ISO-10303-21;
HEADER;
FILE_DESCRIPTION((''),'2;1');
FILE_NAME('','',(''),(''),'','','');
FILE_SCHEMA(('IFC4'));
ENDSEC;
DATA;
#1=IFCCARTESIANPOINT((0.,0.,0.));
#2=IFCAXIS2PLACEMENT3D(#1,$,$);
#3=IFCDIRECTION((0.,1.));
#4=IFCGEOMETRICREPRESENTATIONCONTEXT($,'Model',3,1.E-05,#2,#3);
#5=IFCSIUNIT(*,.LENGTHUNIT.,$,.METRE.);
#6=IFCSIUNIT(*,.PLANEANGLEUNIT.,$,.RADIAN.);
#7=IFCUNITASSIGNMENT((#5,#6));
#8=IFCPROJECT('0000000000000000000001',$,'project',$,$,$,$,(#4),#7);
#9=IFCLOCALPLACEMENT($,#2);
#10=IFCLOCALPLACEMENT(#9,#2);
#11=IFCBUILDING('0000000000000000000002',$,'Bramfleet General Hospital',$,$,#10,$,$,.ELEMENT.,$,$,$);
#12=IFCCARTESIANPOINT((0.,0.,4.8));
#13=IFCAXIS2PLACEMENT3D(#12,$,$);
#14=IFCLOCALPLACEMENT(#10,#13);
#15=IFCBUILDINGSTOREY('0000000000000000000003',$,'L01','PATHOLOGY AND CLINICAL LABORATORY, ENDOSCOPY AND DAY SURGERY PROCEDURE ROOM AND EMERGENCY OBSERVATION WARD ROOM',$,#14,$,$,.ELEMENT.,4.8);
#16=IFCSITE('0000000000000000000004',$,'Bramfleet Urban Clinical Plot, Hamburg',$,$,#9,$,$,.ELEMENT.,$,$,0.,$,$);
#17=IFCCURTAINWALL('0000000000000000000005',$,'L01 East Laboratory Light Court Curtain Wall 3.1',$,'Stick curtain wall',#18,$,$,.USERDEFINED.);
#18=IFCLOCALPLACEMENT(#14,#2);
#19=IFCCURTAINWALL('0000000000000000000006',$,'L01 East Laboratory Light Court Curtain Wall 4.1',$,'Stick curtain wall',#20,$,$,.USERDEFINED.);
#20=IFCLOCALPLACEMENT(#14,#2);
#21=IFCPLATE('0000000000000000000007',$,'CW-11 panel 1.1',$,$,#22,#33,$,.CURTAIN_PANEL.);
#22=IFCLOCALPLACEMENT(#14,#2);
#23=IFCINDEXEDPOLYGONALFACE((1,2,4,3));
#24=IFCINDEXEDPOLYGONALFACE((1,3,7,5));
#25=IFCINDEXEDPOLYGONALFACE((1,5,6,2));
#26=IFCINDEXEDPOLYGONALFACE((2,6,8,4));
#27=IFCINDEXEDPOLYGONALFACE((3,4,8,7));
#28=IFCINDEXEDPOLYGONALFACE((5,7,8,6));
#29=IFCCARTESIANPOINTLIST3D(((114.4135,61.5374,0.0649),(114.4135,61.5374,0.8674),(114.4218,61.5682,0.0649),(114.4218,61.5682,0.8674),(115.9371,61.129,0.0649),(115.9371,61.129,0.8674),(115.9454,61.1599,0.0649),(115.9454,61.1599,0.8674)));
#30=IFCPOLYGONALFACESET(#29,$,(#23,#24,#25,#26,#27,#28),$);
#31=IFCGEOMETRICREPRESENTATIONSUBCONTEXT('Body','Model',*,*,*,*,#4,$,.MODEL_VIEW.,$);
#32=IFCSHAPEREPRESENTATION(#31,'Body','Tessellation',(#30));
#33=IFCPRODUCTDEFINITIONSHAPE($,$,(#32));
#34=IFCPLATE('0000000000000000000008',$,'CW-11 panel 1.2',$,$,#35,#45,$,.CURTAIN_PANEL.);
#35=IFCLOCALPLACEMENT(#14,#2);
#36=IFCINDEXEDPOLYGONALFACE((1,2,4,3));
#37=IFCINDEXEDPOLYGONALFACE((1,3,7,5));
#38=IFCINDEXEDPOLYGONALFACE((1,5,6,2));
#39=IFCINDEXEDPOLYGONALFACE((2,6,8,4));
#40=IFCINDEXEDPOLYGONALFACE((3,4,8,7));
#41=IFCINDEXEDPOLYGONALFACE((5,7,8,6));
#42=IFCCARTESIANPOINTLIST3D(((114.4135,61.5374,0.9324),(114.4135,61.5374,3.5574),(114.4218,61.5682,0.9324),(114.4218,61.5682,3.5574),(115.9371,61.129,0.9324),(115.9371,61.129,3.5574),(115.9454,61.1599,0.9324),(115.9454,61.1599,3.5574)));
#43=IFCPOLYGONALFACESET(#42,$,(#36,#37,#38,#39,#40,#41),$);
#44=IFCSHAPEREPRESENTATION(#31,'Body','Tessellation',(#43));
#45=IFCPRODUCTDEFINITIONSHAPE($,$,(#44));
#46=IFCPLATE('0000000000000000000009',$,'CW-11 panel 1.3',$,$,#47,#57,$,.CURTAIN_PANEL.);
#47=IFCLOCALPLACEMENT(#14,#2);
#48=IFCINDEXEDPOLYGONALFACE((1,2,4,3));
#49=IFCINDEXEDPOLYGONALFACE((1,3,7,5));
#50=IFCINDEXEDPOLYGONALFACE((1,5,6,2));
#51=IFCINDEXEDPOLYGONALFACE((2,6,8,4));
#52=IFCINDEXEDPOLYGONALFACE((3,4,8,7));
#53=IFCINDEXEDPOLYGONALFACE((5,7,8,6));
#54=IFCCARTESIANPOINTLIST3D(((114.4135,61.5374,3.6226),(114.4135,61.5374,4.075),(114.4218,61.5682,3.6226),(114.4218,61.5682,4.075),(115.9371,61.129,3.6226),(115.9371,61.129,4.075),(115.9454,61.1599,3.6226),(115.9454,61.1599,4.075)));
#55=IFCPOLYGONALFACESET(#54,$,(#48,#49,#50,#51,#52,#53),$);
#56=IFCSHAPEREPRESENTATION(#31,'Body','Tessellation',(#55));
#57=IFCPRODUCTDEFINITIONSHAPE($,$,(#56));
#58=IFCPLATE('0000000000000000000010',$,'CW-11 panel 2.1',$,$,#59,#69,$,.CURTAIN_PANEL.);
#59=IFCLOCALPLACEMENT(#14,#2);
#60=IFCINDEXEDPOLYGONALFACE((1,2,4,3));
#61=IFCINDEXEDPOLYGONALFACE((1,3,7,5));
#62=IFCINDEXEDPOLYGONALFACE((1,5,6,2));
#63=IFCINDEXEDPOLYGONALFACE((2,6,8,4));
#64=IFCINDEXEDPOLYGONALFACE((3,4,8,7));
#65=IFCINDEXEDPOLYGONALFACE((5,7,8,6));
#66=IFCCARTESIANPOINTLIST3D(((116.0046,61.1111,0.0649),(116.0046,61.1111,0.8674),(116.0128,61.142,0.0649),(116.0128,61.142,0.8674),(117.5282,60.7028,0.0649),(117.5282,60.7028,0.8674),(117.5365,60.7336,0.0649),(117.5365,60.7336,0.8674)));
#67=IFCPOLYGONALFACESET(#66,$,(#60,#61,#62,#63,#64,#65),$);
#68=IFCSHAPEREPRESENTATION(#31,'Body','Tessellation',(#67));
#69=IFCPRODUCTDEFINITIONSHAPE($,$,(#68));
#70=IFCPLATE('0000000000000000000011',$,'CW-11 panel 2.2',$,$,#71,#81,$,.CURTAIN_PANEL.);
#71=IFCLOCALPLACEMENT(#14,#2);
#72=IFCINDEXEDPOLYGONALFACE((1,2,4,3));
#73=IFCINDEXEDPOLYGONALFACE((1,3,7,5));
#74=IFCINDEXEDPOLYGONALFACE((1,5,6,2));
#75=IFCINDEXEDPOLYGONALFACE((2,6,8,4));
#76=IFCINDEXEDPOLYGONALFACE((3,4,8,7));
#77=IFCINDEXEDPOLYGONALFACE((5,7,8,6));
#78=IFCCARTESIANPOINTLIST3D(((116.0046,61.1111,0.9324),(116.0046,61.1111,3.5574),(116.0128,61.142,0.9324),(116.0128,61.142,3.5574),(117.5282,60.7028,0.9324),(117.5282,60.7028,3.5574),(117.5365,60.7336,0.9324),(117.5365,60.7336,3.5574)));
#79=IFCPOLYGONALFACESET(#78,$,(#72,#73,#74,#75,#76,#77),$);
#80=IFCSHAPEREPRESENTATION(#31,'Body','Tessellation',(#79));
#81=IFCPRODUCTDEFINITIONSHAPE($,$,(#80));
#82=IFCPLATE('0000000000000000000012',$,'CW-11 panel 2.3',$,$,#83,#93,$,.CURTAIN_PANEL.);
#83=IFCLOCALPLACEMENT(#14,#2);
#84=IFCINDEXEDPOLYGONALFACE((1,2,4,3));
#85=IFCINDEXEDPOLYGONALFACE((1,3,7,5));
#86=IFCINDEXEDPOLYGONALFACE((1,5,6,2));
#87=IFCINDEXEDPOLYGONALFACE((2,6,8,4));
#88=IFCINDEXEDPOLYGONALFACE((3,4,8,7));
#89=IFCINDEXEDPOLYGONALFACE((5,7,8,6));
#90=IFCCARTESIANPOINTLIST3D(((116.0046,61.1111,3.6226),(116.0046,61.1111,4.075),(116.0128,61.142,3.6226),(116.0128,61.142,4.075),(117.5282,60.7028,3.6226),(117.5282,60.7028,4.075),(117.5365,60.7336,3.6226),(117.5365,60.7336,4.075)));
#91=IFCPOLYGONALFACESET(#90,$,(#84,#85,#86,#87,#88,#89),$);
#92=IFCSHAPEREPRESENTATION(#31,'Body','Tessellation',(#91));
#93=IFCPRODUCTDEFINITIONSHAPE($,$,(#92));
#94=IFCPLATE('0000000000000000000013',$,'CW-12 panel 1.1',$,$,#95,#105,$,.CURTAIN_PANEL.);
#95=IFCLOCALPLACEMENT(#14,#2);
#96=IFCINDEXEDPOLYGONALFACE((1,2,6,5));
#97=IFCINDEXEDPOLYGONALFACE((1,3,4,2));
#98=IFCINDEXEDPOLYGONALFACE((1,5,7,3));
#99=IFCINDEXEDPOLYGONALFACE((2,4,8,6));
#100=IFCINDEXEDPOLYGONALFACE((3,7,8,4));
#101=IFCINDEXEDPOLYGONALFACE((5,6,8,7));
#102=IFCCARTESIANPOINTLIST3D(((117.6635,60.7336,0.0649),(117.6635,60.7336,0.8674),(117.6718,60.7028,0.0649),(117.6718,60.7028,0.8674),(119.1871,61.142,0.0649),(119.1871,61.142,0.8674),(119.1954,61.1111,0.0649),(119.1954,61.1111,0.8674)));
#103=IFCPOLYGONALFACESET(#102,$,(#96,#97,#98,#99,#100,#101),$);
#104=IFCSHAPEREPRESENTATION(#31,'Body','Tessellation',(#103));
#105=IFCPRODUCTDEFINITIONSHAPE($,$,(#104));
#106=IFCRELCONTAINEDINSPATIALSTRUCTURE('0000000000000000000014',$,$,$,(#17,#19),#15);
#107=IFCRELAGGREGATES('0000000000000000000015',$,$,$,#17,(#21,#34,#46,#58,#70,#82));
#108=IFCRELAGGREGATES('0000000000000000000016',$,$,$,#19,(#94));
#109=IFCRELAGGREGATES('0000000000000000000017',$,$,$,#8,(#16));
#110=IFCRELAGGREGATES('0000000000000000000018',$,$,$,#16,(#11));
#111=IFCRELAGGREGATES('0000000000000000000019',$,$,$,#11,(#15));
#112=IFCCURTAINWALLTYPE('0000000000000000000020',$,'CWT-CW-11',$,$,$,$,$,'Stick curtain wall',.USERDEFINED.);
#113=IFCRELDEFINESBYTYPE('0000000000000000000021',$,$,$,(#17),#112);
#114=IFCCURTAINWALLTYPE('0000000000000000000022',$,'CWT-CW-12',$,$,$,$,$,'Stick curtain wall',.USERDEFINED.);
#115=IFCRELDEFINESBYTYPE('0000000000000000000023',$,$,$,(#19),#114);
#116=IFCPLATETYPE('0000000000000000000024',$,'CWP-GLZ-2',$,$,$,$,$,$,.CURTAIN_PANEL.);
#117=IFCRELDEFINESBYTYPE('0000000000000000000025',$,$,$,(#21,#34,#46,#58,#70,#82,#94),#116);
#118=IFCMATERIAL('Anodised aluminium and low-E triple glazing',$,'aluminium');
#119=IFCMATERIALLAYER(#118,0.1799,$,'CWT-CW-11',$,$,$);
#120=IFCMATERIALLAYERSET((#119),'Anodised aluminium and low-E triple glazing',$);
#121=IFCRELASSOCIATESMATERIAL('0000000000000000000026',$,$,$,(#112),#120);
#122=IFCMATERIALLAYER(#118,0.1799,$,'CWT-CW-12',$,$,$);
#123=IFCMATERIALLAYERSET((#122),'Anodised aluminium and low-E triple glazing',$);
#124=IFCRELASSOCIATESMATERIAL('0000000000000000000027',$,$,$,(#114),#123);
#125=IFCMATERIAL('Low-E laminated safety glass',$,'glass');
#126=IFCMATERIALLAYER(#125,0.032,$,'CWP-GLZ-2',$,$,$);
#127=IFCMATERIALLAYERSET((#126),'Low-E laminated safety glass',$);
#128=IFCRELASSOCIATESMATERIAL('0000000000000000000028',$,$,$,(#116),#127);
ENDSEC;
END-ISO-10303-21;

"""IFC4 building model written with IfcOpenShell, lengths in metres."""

from ifc_helpers import new_model, si_unit, direction, frame, origin, origin_2d, place, context, subcontext, project, spatial, rectangle, extrude, material, layer, layer_set, type_object, element, aggregate, save


model = new_model("IFC4")

# Units and contexts
model_context = context("Model", 3, precision=1e-05, world=origin(), true_north=direction((0.0, 1.0)))
body_context = subcontext(model_context, "Body", "Model", "MODEL_VIEW")
ifc_project = project(units=[si_unit("LENGTHUNIT", "METRE"), si_unit("PLANEANGLEUNIT", "RADIAN")], contexts=[model_context])

# Site, building, storey
site_placement = place(None, origin())
site = spatial("IfcSite", under=ifc_project, at=site_placement, Name="Bramfleet Urban Clinical Plot, Hamburg", CompositionType="ELEMENT", RefElevation=0.0)
building_placement = place(site_placement, origin())
building = spatial("IfcBuilding", under=site, at=building_placement, Name="Bramfleet General Hospital", CompositionType="ELEMENT")
storey_placement = place(building_placement, frame((0.0, 0.0, 4.8)))
storey = spatial("IfcBuildingStorey", under=building, at=storey_placement, Name="L01", Description="PATHOLOGY AND CLINICAL LABORATORY, ENDOSCOPY AND DAY SURGERY PROCEDURE ROOM AND EMERGENCY OBSERVATION WARD ROOM", CompositionType="ELEMENT", Elevation=4.8)

# Curtain walls
ifc_material_1 = material(Name="Anodised aluminium and low-E triple glazing", Category="aluminium")
ifc_layer_1 = layer(ifc_material_1, 0.1799, Name="CWT-CW-11")
ifc_layer_set_1 = layer_set([ifc_layer_1], Name="Anodised aluminium and low-E triple glazing")
curtain_wall_type_1 = type_object("IfcCurtainWallType", Name="CWT-CW-11", ElementType="Stick curtain wall", PredefinedType="USERDEFINED", material=ifc_layer_set_1)
curtain_wall_1_placement = place(storey_placement, origin())
curtain_wall_1 = element("IfcCurtainWall", 1, at=curtain_wall_1_placement, inside=storey, type_object=curtain_wall_type_1, Name="L01 East Laboratory Light Court Curtain Wall 3.1", ObjectType="Stick curtain wall", PredefinedType="USERDEFINED")
ifc_layer_2 = layer(ifc_material_1, 0.1799, Name="CWT-CW-12")
ifc_layer_set_2 = layer_set([ifc_layer_2], Name="Anodised aluminium and low-E triple glazing")
curtain_wall_type_2 = type_object("IfcCurtainWallType", Name="CWT-CW-12", ElementType="Stick curtain wall", PredefinedType="USERDEFINED", material=ifc_layer_set_2)
curtain_wall_2_placement = place(storey_placement, origin())
curtain_wall_2 = element("IfcCurtainWall", 2, at=curtain_wall_2_placement, inside=storey, type_object=curtain_wall_type_2, Name="L01 East Laboratory Light Court Curtain Wall 4.1", ObjectType="Stick curtain wall", PredefinedType="USERDEFINED")

# Plates
ifc_material_2 = material(Name="Low-E laminated safety glass", Category="glass")
ifc_layer_3 = layer(ifc_material_2, 0.032, Name="CWP-GLZ-2")
ifc_layer_set_3 = layer_set([ifc_layer_3], Name="Low-E laminated safety glass")
plate_type = type_object("IfcPlateType", Name="CWP-GLZ-2", PredefinedType="CURTAIN_PANEL", material=ifc_layer_set_3)
plate_1_placement = place(storey_placement, frame((115.1794, 61.3486, 0.0649), z_axis=(0.0, 0.0, 1.0), x_axis=(0.965914, -0.258865, 0.0)))
plate_1 = element("IfcPlate", 3, at=plate_1_placement, type_object=plate_type, Name="CW-11 panel 1.1", PredefinedType="CURTAIN_PANEL", context=body_context, shape_type="SweptSolid", body=[
    extrude(rectangle(XDim=1.5774, YDim=0.032, at=origin_2d()), origin(), (0.0, 0.0, 1.0), 0.8025),
])
plate_2_placement = place(storey_placement, frame((115.1794, 61.3486, 0.9324), z_axis=(0.0, 0.0, 1.0), x_axis=(0.965914, -0.258865, 0.0)))
plate_2 = element("IfcPlate", 4, at=plate_2_placement, type_object=plate_type, Name="CW-11 panel 1.2", PredefinedType="CURTAIN_PANEL", context=body_context, shape_type="SweptSolid", body=[
    extrude(rectangle(XDim=1.5774, YDim=0.032, at=origin_2d()), origin(), (0.0, 0.0, 1.0), 2.625),
])
plate_3_placement = place(storey_placement, frame((115.1794, 61.3486, 3.6226), z_axis=(0.0, 0.0, 1.0), x_axis=(0.965914, -0.258865, 0.0)))
plate_3 = element("IfcPlate", 5, at=plate_3_placement, type_object=plate_type, Name="CW-11 panel 1.3", PredefinedType="CURTAIN_PANEL", context=body_context, shape_type="SweptSolid", body=[
    extrude(rectangle(XDim=1.5774, YDim=0.032, at=origin_2d()), origin(), (0.0, 0.0, 1.0), 0.4524),
])
plate_4_placement = place(storey_placement, frame((116.7705, 60.9224, 0.0649), z_axis=(0.0, 0.0, 1.0), x_axis=(0.965914, -0.258865, 0.0)))
plate_4 = element("IfcPlate", 6, at=plate_4_placement, type_object=plate_type, Name="CW-11 panel 2.1", PredefinedType="CURTAIN_PANEL", context=body_context, shape_type="SweptSolid", body=[
    extrude(rectangle(XDim=1.5774, YDim=0.032, at=origin_2d()), origin(), (0.0, 0.0, 1.0), 0.8025),
])
plate_5_placement = place(storey_placement, frame((116.7705, 60.9224, 0.9324), z_axis=(0.0, 0.0, 1.0), x_axis=(0.965914, -0.258865, 0.0)))
plate_5 = element("IfcPlate", 7, at=plate_5_placement, type_object=plate_type, Name="CW-11 panel 2.2", PredefinedType="CURTAIN_PANEL", context=body_context, shape_type="SweptSolid", body=[
    extrude(rectangle(XDim=1.5774, YDim=0.032, at=origin_2d()), origin(), (0.0, 0.0, 1.0), 2.625),
])
plate_6_placement = place(storey_placement, frame((116.7705, 60.9224, 3.6226), z_axis=(0.0, 0.0, 1.0), x_axis=(0.965914, -0.258865, 0.0)))
plate_6 = element("IfcPlate", 8, at=plate_6_placement, type_object=plate_type, Name="CW-11 panel 2.3", PredefinedType="CURTAIN_PANEL", context=body_context, shape_type="SweptSolid", body=[
    extrude(rectangle(XDim=1.5774, YDim=0.032, at=origin_2d()), origin(), (0.0, 0.0, 1.0), 0.4524),
])
aggregate(curtain_wall_1, [plate_1, plate_2, plate_3, plate_4, plate_5, plate_6])
plate_7_placement = place(storey_placement, frame((118.4294, 60.9224, 0.0649), z_axis=(0.0, 0.0, 1.0), x_axis=(0.965914, 0.258865, 0.0)))
plate_7 = element("IfcPlate", 9, at=plate_7_placement, type_object=plate_type, Name="CW-12 panel 1.1", PredefinedType="CURTAIN_PANEL", context=body_context, shape_type="SweptSolid", body=[
    extrude(rectangle(XDim=1.5774, YDim=0.032, at=origin_2d()), origin(), (0.0, 0.0, 1.0), 0.8025),
])
aggregate(curtain_wall_2, [plate_7])

save(model, "model.ifc")
